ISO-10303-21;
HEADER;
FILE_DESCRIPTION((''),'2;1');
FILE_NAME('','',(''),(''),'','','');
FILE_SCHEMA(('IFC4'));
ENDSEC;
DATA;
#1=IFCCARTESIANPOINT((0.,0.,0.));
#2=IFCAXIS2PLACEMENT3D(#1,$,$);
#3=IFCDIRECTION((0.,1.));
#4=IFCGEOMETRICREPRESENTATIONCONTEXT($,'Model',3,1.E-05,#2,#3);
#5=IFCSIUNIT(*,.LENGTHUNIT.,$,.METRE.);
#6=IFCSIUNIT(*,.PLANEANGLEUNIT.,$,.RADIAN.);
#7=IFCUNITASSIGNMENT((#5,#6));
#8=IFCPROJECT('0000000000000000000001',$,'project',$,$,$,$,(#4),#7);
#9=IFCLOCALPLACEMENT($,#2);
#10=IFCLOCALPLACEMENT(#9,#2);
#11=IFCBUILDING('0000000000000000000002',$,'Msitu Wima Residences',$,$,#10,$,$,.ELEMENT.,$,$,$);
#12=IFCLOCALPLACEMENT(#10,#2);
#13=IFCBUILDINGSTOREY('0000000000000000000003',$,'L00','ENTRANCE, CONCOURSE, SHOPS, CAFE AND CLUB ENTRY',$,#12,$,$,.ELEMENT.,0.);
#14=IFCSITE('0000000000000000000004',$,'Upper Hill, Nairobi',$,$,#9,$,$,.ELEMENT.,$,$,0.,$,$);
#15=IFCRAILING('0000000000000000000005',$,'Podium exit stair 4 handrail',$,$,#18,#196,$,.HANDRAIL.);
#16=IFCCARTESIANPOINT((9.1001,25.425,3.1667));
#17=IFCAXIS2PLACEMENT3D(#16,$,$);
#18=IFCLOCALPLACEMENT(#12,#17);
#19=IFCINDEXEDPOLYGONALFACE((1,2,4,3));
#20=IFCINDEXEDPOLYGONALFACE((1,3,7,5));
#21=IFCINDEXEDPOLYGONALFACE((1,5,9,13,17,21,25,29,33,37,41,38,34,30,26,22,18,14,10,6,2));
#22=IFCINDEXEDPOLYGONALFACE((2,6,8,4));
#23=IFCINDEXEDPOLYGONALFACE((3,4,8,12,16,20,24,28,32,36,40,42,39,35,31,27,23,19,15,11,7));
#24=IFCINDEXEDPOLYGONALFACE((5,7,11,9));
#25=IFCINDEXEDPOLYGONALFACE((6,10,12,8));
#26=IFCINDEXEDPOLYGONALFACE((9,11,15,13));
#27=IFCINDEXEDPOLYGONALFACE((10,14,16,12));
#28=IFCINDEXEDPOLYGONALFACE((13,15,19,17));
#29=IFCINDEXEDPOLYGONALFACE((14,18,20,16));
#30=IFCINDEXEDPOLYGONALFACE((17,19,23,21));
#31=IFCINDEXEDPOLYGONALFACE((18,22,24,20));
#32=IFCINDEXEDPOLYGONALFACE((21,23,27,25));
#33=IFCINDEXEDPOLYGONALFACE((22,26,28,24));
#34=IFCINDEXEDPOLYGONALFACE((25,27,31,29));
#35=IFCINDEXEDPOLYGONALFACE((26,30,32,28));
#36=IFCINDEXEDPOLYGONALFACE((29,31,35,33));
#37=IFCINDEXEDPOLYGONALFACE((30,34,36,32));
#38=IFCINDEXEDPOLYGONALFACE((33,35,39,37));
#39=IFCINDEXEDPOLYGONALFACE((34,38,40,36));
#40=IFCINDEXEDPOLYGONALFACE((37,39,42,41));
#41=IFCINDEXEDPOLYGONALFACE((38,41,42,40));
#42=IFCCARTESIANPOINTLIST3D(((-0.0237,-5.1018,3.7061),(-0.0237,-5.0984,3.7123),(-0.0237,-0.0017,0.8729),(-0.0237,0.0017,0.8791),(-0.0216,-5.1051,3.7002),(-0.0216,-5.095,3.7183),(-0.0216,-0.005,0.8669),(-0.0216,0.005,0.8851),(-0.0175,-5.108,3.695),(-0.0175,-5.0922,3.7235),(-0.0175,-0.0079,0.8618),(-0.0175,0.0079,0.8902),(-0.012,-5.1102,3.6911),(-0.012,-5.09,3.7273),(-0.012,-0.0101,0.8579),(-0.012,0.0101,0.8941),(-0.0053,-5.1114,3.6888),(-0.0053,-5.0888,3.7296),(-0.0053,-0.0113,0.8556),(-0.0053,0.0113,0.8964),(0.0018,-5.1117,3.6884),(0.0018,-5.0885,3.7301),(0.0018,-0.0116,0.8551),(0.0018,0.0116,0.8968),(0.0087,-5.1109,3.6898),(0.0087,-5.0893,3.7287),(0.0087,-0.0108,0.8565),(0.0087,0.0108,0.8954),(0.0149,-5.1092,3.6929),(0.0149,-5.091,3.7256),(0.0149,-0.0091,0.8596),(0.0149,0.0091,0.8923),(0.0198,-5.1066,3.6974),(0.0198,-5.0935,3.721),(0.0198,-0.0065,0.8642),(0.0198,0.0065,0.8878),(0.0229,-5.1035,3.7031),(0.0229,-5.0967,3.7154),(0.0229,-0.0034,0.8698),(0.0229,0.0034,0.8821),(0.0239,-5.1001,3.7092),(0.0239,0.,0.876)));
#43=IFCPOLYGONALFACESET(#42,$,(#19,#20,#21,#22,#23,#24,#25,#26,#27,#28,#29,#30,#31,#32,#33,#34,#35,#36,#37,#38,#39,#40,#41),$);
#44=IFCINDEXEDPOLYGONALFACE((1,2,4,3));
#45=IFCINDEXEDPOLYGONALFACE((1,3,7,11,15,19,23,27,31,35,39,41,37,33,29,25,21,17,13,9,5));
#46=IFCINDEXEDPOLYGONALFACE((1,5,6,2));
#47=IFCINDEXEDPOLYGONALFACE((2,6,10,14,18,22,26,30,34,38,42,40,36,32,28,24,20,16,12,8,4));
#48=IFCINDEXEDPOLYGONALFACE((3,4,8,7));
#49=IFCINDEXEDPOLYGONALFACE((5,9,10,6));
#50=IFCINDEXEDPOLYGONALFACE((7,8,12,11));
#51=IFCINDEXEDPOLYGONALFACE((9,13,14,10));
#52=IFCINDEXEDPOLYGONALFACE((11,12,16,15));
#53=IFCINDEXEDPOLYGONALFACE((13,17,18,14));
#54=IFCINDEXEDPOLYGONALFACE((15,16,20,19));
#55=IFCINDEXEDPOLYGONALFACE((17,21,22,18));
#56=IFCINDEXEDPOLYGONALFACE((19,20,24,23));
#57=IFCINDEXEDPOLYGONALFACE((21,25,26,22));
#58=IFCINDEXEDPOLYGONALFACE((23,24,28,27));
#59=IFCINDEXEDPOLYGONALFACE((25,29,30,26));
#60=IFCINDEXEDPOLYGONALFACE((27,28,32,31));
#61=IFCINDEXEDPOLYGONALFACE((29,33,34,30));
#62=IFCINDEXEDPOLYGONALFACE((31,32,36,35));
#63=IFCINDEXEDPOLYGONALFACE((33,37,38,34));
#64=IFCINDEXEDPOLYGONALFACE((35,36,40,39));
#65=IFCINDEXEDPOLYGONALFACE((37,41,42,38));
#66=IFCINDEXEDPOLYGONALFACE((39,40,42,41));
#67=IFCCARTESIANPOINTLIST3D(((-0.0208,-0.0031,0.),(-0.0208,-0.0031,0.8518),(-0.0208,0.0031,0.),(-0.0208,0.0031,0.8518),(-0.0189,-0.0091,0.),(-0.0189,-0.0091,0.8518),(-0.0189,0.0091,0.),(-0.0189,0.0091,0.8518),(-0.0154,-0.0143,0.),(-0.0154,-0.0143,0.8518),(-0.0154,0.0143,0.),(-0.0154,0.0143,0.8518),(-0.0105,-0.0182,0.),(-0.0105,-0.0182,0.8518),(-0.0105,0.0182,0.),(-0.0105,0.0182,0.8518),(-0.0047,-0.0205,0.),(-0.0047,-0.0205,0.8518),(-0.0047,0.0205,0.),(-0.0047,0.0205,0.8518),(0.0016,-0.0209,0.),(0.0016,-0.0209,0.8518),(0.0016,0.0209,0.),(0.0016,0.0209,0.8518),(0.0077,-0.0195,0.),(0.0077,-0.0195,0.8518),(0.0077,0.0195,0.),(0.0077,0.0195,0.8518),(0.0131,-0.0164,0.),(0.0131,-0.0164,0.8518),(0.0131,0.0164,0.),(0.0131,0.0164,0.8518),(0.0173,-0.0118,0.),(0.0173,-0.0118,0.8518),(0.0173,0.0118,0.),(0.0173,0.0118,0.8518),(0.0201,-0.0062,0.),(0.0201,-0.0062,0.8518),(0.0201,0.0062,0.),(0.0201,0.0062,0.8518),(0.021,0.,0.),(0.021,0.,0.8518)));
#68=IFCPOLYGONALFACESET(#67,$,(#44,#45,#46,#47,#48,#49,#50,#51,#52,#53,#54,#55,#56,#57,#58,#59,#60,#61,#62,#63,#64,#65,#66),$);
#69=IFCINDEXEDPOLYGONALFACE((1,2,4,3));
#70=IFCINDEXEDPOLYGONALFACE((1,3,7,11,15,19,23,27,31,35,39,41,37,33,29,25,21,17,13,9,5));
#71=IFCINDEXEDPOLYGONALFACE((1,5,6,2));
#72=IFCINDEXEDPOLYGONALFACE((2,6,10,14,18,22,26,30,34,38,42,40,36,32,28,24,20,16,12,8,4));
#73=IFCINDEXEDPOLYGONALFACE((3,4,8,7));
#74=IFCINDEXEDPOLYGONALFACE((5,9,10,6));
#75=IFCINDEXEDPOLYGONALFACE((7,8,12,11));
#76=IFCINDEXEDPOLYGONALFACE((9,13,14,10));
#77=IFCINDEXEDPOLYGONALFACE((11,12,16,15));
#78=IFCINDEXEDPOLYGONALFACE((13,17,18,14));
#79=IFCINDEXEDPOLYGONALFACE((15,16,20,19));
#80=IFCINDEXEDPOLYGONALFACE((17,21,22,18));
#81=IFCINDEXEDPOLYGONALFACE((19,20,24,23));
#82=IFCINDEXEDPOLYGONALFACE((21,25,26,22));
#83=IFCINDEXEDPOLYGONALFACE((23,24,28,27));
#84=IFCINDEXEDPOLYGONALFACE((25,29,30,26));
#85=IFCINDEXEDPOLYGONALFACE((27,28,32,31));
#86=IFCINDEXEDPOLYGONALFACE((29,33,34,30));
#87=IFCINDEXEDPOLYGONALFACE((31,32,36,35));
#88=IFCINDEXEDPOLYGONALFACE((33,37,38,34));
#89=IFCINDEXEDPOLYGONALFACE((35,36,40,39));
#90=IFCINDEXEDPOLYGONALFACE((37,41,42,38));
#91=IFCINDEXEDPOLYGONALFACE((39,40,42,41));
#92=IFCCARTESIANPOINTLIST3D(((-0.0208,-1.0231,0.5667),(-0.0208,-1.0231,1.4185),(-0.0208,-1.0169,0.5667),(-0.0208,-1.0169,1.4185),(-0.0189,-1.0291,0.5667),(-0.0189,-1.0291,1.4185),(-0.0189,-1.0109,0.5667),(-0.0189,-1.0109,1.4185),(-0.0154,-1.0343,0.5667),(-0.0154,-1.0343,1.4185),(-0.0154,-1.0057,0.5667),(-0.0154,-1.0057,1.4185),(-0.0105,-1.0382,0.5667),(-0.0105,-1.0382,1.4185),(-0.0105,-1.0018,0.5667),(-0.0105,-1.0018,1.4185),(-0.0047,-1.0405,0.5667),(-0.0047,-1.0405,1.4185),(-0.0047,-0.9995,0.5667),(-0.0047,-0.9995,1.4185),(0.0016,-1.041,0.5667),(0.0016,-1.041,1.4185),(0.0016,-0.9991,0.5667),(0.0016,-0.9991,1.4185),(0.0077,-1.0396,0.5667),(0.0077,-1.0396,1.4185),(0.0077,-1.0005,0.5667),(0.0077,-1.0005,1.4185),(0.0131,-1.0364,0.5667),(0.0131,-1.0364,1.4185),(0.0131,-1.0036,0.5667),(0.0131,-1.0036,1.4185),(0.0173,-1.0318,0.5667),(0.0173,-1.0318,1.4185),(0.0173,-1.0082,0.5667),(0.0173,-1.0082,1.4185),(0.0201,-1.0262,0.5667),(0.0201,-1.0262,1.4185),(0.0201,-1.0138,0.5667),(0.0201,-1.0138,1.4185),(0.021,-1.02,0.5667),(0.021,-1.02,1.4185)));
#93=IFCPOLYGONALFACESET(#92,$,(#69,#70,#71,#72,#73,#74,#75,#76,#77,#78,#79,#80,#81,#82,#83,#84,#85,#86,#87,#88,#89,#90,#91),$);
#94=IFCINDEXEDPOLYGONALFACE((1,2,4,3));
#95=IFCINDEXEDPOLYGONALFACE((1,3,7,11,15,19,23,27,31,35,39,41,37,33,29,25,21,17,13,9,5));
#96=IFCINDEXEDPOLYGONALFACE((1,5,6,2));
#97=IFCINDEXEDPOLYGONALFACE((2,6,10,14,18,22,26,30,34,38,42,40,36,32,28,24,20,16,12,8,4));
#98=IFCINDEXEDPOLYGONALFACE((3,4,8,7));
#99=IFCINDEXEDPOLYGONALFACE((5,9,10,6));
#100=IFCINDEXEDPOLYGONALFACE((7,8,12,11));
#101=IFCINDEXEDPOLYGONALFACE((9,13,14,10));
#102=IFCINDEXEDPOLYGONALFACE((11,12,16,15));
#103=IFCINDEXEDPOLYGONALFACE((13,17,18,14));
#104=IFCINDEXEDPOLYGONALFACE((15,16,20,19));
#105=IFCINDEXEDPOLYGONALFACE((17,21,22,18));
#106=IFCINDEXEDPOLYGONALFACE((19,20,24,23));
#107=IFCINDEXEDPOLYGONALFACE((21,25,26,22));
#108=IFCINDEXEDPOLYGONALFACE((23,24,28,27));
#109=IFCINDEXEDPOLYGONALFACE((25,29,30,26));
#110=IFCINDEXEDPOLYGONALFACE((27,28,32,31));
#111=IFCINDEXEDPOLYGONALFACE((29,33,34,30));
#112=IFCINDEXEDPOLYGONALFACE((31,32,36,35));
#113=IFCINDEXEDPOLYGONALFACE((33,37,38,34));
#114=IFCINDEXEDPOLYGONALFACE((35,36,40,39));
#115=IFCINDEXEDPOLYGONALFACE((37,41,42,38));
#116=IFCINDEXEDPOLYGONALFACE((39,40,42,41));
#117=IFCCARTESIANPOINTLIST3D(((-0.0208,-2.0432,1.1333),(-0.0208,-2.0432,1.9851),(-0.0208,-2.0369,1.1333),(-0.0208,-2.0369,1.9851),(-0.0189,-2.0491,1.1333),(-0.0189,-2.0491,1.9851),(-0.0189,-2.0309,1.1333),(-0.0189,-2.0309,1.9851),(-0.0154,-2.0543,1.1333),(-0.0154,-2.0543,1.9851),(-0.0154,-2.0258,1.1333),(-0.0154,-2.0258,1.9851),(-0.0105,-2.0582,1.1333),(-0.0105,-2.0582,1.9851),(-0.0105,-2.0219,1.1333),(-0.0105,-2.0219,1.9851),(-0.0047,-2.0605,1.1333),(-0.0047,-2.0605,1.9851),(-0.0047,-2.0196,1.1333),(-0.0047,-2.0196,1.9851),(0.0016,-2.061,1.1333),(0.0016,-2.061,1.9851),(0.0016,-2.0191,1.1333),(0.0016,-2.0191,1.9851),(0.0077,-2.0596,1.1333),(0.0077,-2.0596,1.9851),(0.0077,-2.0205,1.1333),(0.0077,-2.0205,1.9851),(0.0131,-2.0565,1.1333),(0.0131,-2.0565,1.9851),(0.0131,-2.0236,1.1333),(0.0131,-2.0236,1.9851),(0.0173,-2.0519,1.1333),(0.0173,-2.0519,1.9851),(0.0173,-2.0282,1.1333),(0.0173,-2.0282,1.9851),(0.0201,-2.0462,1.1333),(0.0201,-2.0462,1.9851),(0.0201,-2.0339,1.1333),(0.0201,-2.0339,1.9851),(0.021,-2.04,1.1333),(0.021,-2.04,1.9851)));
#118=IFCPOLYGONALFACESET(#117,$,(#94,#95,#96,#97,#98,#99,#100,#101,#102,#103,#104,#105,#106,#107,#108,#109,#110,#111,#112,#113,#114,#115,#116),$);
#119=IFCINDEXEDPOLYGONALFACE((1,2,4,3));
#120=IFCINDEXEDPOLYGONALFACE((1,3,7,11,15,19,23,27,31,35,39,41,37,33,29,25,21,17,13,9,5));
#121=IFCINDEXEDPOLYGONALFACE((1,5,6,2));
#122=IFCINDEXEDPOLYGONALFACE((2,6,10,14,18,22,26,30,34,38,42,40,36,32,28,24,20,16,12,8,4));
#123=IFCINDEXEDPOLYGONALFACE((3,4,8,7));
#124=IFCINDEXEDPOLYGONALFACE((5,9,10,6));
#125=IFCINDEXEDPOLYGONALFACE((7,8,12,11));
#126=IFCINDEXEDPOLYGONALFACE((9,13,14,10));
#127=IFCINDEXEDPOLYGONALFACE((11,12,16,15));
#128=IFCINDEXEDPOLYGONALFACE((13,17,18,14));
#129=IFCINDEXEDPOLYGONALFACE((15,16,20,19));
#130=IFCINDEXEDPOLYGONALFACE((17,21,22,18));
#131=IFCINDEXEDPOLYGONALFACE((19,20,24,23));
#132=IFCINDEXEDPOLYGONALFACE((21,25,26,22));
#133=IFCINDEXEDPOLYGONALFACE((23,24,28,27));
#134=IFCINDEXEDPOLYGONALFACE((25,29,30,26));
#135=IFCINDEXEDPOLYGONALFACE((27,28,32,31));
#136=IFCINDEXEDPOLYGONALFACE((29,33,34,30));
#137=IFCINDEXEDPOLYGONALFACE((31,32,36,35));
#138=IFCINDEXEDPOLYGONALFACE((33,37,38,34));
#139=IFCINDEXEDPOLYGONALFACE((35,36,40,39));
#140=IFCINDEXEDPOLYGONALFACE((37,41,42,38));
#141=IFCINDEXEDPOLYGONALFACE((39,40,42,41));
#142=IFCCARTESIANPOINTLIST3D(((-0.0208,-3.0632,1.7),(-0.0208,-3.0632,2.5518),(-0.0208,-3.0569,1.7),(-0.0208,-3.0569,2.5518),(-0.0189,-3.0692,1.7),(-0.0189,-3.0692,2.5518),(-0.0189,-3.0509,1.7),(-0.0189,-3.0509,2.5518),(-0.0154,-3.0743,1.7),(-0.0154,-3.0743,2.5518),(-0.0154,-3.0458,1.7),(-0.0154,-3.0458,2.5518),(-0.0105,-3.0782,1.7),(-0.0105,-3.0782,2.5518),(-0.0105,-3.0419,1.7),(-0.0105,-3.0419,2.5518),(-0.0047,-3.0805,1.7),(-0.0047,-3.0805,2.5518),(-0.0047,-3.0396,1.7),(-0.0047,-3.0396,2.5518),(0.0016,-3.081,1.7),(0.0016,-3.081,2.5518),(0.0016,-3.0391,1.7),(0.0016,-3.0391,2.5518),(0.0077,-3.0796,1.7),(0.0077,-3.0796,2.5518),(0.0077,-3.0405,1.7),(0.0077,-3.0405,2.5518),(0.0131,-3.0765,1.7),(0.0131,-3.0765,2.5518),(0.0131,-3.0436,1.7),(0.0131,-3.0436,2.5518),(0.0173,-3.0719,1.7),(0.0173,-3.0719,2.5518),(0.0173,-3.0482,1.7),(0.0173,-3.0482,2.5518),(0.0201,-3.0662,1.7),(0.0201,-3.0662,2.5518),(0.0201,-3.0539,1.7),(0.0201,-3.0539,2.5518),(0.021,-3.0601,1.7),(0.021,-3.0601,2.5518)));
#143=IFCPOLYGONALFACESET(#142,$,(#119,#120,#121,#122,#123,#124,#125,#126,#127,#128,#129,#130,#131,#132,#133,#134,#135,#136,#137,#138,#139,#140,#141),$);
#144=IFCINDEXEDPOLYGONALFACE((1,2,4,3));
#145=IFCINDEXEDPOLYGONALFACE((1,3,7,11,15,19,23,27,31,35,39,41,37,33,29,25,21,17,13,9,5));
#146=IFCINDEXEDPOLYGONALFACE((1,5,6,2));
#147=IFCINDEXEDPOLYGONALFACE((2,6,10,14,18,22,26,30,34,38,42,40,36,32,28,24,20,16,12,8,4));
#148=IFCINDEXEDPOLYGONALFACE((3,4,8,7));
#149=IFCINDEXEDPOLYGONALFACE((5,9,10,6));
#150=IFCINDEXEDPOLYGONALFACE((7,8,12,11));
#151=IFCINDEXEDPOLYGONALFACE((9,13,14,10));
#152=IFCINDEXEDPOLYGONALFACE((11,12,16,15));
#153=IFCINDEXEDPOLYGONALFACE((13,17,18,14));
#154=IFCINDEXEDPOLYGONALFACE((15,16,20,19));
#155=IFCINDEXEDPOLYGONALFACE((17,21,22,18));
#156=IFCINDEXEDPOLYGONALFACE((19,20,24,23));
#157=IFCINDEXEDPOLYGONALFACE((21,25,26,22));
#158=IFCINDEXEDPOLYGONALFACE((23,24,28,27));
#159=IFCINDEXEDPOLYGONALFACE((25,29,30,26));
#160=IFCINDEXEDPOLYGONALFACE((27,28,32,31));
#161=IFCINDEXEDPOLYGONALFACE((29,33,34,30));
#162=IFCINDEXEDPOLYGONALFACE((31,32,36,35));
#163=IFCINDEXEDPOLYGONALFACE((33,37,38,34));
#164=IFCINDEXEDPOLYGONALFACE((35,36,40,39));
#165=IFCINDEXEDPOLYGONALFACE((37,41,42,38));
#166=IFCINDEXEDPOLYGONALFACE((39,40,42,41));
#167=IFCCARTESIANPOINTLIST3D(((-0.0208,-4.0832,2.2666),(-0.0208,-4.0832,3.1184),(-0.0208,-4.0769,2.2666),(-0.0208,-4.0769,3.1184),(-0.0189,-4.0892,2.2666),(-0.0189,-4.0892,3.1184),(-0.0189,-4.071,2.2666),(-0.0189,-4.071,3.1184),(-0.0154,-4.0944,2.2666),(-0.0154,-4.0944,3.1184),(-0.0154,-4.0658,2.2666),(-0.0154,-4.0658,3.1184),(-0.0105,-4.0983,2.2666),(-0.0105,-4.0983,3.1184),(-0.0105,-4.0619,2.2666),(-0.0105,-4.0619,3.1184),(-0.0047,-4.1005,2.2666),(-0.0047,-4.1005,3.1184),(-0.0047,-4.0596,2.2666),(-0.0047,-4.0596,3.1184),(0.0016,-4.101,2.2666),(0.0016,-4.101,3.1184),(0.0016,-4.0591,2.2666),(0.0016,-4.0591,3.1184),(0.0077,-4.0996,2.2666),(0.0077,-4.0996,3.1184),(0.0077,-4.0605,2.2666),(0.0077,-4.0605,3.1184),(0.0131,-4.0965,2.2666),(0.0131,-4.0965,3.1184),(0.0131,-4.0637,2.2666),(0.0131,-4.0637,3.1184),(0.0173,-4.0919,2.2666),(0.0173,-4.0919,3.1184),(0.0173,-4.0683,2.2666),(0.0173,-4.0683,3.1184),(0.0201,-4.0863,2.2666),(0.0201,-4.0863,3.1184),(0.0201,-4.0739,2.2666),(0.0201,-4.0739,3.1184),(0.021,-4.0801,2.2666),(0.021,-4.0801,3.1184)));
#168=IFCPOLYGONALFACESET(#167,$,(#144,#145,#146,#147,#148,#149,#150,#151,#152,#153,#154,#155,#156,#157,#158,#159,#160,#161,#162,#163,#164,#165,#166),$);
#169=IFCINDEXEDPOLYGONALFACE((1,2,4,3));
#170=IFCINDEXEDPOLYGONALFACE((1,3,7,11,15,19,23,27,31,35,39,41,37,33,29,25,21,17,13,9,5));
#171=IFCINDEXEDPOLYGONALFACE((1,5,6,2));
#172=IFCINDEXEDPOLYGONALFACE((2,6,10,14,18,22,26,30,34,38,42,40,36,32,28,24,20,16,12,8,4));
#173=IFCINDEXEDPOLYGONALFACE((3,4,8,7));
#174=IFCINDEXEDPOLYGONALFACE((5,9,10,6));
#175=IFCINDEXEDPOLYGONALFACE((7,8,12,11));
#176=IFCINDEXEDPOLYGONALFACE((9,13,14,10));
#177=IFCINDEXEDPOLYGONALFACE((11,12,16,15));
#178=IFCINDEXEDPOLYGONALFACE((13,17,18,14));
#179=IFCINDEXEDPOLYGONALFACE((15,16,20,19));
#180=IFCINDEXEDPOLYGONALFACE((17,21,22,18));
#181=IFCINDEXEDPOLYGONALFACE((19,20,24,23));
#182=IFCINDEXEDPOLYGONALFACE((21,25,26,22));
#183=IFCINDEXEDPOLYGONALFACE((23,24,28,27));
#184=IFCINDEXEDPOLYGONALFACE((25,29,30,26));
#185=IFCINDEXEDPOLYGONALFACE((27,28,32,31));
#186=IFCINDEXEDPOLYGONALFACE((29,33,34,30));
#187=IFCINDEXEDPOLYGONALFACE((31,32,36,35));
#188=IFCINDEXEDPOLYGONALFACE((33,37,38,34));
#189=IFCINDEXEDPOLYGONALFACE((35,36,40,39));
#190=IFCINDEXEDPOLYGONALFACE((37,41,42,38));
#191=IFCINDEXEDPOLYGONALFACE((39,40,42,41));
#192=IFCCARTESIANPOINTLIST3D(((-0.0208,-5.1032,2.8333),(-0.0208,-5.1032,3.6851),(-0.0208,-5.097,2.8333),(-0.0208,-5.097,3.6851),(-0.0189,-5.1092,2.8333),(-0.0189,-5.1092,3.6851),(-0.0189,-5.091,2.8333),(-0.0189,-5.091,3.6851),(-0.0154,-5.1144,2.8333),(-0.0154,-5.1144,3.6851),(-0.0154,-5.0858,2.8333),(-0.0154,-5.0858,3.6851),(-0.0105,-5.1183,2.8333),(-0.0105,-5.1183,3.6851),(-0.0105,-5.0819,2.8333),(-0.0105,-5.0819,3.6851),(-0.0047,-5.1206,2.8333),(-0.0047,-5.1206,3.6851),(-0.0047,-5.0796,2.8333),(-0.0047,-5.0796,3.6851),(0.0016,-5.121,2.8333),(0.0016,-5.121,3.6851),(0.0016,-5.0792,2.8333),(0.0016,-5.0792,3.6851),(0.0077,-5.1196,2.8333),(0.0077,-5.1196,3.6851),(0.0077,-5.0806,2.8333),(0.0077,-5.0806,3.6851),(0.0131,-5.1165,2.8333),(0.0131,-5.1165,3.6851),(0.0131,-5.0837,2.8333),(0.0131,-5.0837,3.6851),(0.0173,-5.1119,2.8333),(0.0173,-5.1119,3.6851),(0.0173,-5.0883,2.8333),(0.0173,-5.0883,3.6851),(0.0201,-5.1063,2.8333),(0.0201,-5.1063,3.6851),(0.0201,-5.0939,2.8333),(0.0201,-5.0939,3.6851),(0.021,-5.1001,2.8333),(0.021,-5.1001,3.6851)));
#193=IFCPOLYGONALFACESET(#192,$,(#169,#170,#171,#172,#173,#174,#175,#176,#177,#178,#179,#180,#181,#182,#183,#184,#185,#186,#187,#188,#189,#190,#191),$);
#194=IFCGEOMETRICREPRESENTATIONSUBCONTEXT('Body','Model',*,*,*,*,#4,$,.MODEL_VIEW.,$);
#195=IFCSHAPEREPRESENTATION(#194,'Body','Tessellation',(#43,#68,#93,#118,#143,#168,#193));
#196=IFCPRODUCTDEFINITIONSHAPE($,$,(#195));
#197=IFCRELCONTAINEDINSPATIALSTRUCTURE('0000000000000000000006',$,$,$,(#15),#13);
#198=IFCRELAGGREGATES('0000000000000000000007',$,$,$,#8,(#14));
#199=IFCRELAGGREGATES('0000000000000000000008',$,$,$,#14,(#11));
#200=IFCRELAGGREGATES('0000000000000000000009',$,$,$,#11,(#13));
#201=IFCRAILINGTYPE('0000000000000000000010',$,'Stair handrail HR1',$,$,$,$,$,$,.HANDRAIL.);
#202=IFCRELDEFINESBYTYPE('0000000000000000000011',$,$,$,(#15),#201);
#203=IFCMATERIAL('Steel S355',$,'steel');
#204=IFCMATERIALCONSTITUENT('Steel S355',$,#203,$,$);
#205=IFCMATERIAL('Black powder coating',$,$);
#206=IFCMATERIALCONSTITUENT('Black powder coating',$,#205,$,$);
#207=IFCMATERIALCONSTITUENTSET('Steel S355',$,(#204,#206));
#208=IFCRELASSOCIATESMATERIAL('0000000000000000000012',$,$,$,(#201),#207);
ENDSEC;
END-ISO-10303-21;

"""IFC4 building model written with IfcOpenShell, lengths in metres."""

from ifc_helpers import new_model, si_unit, direction, frame, origin, origin_2d, place, context, subcontext, project, spatial, circle, extrude, material, constituent, constituent_set, type_object, element, save


model = new_model("IFC4")

# Units and contexts
model_context = context("Model", 3, precision=1e-05, world=origin(), true_north=direction((0.0, 1.0)))
body_context = subcontext(model_context, "Body", "Model", "MODEL_VIEW")
ifc_project = project(units=[si_unit("LENGTHUNIT", "METRE"), si_unit("PLANEANGLEUNIT", "RADIAN")], contexts=[model_context])

# Site, building, storey
site_placement = place(None, origin())
site = spatial("IfcSite", under=ifc_project, at=site_placement, Name="Upper Hill, Nairobi", CompositionType="ELEMENT", RefElevation=0.0)
building_placement = place(site_placement, origin())
building = spatial("IfcBuilding", under=site, at=building_placement, Name="Msitu Wima Residences", CompositionType="ELEMENT")
storey_placement = place(building_placement, origin())
storey = spatial("IfcBuildingStorey", under=building, at=storey_placement, Name="L00", Description="ENTRANCE, CONCOURSE, SHOPS, CAFE AND CLUB ENTRY", CompositionType="ELEMENT", Elevation=0.0)

# Railing
ifc_material_1 = material(Name="Steel S355", Category="steel")
ifc_constituent_1 = constituent(ifc_material_1, Name="Steel S355")
ifc_material_2 = material(Name="Black powder coating")
ifc_constituent_2 = constituent(ifc_material_2, Name="Black powder coating")
ifc_constituent_set = constituent_set(constituents=[ifc_constituent_1, ifc_constituent_2], Name="Steel S355")
railing_type = type_object("IfcRailingType", Name="Stair handrail HR1", PredefinedType="HANDRAIL", material=ifc_constituent_set)
for number, where, name in (
    (1, (9.1001, 25.425, 3.1667), "Podium exit stair 4 handrail"),
):
    element("IfcRailing", number, at=place(storey_placement, frame(where)), inside=storey, type_object=railing_type, Name=name, PredefinedType="HANDRAIL", context=body_context, shape_type="SweptSolid", body=[
        extrude(circle(Radius=0.0239, at=origin_2d()), frame((0.0, 0.0, 0.876), z_axis=(0.0, -0.874167, 0.485625), x_axis=(1.0, 0.0, 0.0)), (0.0, 0.0, 1.0), 5.8342),
        extrude(circle(Radius=0.021, at=origin_2d()), origin(), (0.0, 0.0, 1.0), 0.8518),
        extrude(circle(Radius=0.021, at=origin_2d()), frame((0.0, -1.02, 0.5667)), (0.0, 0.0, 1.0), 0.8518),
        extrude(circle(Radius=0.021, at=origin_2d()), frame((0.0, -2.04, 1.1333)), (0.0, 0.0, 1.0), 0.8518),
        extrude(circle(Radius=0.021, at=origin_2d()), frame((0.0, -3.0601, 1.7)), (0.0, 0.0, 1.0), 0.8518),
        extrude(circle(Radius=0.021, at=origin_2d()), frame((0.0, -4.0801, 2.2666)), (0.0, 0.0, 1.0), 0.8518),
        extrude(circle(Radius=0.021, at=origin_2d()), frame((0.0, -5.1001, 2.8333)), (0.0, 0.0, 1.0), 0.8518),
    ])

save(model, "model.ifc")
